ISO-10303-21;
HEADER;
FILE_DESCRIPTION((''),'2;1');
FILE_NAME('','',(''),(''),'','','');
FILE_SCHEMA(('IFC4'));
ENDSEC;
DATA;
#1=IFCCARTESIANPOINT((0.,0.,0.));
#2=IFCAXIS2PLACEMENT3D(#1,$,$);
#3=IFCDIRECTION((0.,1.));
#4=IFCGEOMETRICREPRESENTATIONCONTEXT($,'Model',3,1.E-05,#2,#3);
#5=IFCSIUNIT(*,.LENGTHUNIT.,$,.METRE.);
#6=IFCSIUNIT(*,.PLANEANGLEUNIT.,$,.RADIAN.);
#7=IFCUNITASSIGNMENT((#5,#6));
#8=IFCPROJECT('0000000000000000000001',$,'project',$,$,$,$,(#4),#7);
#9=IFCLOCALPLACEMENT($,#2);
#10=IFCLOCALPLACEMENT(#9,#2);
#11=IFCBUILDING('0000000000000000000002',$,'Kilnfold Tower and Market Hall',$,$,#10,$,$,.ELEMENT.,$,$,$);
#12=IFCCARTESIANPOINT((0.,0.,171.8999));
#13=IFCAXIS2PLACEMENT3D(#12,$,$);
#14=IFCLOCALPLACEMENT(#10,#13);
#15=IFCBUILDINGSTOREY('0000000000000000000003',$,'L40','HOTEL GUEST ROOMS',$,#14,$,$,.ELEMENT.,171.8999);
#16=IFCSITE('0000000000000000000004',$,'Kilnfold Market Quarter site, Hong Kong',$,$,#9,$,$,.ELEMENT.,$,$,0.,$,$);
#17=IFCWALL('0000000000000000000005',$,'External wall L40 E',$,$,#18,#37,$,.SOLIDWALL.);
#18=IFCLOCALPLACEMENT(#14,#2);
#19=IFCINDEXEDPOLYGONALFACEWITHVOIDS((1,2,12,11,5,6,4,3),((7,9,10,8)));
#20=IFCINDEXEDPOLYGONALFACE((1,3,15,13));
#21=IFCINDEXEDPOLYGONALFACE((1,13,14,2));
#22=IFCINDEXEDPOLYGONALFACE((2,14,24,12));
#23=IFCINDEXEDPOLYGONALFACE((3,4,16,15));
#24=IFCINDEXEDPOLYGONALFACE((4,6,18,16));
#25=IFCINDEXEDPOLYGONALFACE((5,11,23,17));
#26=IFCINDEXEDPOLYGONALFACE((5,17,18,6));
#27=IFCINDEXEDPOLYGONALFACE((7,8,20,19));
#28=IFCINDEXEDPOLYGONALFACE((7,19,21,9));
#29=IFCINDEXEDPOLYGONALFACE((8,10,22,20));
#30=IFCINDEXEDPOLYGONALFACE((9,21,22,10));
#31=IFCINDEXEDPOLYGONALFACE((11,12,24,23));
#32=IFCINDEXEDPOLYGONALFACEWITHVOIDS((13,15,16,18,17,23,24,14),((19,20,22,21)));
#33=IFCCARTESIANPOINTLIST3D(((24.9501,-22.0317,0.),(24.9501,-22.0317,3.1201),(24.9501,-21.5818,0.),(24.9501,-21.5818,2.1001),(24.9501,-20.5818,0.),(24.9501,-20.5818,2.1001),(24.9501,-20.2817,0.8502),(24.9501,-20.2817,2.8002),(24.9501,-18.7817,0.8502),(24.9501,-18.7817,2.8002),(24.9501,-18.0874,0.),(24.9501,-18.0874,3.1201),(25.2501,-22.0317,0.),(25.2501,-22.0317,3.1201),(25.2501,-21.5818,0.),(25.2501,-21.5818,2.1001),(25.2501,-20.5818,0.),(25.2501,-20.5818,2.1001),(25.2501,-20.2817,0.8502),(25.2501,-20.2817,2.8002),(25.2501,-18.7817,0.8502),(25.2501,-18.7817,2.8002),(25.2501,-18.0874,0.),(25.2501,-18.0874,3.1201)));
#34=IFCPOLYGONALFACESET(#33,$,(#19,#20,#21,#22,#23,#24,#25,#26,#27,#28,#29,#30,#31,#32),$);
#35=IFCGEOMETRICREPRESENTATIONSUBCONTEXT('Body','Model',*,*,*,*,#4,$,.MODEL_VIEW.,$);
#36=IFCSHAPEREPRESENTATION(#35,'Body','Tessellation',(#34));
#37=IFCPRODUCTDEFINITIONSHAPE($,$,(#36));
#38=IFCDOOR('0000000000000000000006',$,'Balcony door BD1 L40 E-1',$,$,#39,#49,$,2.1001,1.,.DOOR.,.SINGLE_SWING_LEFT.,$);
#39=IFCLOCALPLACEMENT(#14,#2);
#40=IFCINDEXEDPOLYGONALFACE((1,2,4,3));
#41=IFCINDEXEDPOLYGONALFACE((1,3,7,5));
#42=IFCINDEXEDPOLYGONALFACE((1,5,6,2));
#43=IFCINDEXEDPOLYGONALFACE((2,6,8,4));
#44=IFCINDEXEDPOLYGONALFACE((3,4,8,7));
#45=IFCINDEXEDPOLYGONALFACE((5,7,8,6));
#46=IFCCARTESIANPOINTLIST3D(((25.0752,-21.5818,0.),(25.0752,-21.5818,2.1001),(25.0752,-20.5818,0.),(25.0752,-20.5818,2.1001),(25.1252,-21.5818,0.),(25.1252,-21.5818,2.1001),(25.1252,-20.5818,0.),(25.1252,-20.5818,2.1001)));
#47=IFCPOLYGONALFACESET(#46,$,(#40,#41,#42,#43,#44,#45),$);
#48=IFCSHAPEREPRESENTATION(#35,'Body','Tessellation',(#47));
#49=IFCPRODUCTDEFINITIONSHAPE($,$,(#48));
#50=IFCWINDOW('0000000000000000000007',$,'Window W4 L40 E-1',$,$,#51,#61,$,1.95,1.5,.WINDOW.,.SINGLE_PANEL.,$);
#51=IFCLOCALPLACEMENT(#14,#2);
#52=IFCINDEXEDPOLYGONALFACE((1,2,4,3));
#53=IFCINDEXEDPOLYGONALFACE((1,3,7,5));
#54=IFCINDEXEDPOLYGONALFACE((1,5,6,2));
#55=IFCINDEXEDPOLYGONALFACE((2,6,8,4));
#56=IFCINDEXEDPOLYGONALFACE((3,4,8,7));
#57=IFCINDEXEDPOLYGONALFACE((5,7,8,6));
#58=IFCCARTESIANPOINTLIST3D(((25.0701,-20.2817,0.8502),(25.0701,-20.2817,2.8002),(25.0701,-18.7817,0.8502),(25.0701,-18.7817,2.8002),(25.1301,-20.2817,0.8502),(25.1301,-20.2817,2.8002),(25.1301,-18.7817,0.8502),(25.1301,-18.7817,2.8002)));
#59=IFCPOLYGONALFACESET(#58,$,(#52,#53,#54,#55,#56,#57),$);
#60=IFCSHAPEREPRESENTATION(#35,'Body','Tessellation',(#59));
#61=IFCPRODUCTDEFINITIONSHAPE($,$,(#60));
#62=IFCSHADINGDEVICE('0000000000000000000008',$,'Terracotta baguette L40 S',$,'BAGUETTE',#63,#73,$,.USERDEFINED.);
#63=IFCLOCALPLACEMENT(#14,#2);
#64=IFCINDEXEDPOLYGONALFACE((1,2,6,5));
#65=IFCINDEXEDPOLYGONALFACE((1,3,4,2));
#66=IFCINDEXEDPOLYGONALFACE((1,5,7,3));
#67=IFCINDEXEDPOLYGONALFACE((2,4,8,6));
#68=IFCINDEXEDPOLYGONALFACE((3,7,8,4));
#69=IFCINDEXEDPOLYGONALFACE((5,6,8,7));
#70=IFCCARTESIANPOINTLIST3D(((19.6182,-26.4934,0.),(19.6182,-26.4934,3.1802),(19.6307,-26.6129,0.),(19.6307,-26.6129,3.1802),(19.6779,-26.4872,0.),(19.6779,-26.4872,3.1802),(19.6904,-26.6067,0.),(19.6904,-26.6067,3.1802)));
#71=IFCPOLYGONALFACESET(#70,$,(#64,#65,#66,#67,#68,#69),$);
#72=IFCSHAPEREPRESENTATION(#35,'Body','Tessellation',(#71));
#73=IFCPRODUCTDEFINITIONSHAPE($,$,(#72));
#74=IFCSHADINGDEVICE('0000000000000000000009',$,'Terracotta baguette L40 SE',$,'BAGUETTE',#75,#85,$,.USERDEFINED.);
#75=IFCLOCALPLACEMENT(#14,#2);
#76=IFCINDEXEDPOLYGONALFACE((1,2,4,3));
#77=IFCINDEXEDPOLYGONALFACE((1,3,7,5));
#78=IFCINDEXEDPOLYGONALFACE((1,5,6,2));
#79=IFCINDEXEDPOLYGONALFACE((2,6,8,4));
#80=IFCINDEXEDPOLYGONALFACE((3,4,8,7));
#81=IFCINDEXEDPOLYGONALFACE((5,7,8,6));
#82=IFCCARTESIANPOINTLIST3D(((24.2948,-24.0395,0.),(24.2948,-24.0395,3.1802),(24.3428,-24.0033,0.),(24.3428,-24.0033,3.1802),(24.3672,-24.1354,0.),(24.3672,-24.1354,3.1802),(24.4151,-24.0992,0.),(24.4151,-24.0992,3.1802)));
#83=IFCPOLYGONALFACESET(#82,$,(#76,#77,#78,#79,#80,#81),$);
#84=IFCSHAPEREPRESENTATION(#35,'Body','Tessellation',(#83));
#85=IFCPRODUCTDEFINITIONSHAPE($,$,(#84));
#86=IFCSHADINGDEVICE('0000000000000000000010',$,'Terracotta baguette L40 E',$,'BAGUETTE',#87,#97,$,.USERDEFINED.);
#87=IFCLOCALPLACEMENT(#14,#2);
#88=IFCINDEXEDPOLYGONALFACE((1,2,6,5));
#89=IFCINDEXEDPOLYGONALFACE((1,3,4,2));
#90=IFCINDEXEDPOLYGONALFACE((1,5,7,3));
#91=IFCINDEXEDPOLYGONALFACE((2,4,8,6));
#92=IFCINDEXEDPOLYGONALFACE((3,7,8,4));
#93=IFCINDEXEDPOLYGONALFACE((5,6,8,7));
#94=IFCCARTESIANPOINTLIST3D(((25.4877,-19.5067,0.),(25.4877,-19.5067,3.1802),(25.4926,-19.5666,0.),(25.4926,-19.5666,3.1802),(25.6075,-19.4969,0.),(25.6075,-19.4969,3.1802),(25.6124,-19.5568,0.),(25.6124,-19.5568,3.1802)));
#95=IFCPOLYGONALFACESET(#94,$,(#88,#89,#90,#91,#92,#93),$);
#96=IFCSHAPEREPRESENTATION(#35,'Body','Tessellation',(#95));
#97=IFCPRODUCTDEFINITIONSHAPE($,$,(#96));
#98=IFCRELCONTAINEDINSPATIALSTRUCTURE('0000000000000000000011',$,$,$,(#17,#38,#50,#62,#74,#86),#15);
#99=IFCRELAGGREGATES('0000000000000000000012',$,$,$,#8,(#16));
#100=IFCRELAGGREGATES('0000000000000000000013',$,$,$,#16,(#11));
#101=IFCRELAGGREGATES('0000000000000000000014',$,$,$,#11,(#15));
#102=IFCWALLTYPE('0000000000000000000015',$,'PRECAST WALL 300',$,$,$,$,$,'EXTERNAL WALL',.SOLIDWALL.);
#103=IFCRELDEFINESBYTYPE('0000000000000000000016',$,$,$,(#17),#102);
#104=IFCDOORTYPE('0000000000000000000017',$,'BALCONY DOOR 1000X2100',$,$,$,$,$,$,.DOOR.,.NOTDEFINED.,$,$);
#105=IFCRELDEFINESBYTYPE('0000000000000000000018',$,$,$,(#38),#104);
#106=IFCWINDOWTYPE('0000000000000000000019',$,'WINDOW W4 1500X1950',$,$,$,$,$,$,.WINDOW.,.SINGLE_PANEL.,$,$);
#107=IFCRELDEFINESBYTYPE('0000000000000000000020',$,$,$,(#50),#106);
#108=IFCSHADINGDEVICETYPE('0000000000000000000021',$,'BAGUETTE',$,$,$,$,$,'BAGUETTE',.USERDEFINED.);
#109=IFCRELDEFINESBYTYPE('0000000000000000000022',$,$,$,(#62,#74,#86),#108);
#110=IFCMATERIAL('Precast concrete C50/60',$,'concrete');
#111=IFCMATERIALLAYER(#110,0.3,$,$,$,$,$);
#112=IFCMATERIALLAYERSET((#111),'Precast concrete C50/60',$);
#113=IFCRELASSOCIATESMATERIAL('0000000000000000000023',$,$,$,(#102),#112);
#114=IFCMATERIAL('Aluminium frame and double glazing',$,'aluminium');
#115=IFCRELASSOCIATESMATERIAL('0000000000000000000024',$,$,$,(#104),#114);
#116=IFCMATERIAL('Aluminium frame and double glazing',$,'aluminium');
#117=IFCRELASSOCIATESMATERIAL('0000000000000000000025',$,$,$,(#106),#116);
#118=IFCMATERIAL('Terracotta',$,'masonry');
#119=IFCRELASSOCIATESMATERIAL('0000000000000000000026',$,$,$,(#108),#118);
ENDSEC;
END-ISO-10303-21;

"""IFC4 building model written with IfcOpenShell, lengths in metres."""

from ifc_helpers import new_model, si_unit, direction, frame, frame_2d, origin, origin_2d, place, context, subcontext, project, spatial, rectangle, extrude, source, transform, mapped, material, layer, layer_set, material_profile, profile_set, type_object, element, fill, save


model = new_model("IFC4")

# Units and contexts
model_context = context("Model", 3, precision=1e-05, world=origin(), true_north=direction((0.0, 1.0)))
body_context = subcontext(model_context, "Body", "Model", "MODEL_VIEW")
ifc_project = project(units=[si_unit("LENGTHUNIT", "METRE"), si_unit("PLANEANGLEUNIT", "RADIAN")], contexts=[model_context])

# Site, building, storey
site_placement = place(None, origin())
site = spatial("IfcSite", under=ifc_project, at=site_placement, Name="Kilnfold Market Quarter site, Hong Kong", CompositionType="ELEMENT", RefElevation=0.0)
building_placement = place(site_placement, origin())
building = spatial("IfcBuilding", under=site, at=building_placement, Name="Kilnfold Tower and Market Hall", CompositionType="ELEMENT")
storey_placement = place(building_placement, frame((0.0, 0.0, 171.8999)))
storey = spatial("IfcBuildingStorey", under=building, at=storey_placement, Name="L40", Description="HOTEL GUEST ROOMS", CompositionType="ELEMENT", Elevation=171.8999)

# Wall, openings, door, window
ifc_material_1 = material(Name="Precast concrete C50/60", Category="concrete")
ifc_layer_1 = layer(ifc_material_1, 0.3)
ifc_layer_set_1 = layer_set([ifc_layer_1], Name="Precast concrete C50/60")
wall_type_1 = type_object("IfcWallType", Name="PRECAST WALL 300", ElementType="EXTERNAL WALL", PredefinedType="SOLIDWALL", material=ifc_layer_set_1)
ifc_material_2 = material(Name="Aluminium frame and double glazing", Category="aluminium")
door_type_1 = type_object("IfcDoorType", Name="BALCONY DOOR 1000X2100", OperationType="NOTDEFINED", PredefinedType="DOOR", material=ifc_material_2)
ifc_material_3 = material(Name="Aluminium frame and double glazing", Category="aluminium")
window_type = type_object("IfcWindowType", Name="WINDOW W4 1500X1950", PartitioningType="SINGLE_PANEL", PredefinedType="WINDOW", material=ifc_material_3)
shared_shape_1 = source(origin(), body_context, "Body", "SweptSolid", [
    extrude(rectangle(XDim=3.9443, YDim=0.3, at=frame_2d((1.9722, 0.0))), origin(), (0.0, 0.0, 1.0), 3.1201),
])
wall_1_placement = place(storey_placement, frame((25.1001, -22.0317, 0.0), z_axis=(0.0, 0.0, 1.0), x_axis=(0.0, 1.0, 0.0)))
wall_1 = element("IfcWall", 1, at=wall_1_placement, inside=storey, type_object=wall_type_1, Name="External wall L40 E", PredefinedType="SOLIDWALL", context=body_context, shape_type="MappedRepresentation", body=[
    mapped(shared_shape_1, transform((0.0, 0.0, 0.0))),
])
opening_1_placement = place(wall_1_placement, frame((1.75, 0.0, 0.8501)))
opening_1 = element("IfcOpeningElement", 2, at=opening_1_placement, cuts=wall_1, PredefinedType="OPENING", context=body_context, shape_type="SweptSolid", body=[
    extrude(rectangle(XDim=1.5, YDim=1.95, at=frame_2d((0.75, 0.9751))), frame((0.0, 0.1602, 0.0), z_axis=(0.0, -1.0, 0.0), x_axis=(1.0, 0.0, 0.0)), (0.0, 0.0, 1.0), 0.3201),
])
opening_2_placement = place(wall_1_placement, frame((0.45, 0.0, 0.0)))
opening_2 = element("IfcOpeningElement", 3, at=opening_2_placement, cuts=wall_1, PredefinedType="OPENING", context=body_context, shape_type="SweptSolid", body=[
    extrude(rectangle(XDim=1.0, YDim=2.1001, at=frame_2d((0.5, 1.05))), frame((0.0, 0.1602, 0.0), z_axis=(0.0, -1.0, 0.0), x_axis=(1.0, 0.0, 0.0)), (0.0, 0.0, 1.0), 0.3201),
])
door_1_placement = place(opening_2_placement, origin())
door_1 = element("IfcDoor", 4, at=door_1_placement, inside=storey, type_object=door_type_1, Name="Balcony door BD1 L40 E-1", OperationType="SINGLE_SWING_LEFT", OverallHeight=2.1001, OverallWidth=1.0, PredefinedType="DOOR", context=body_context, shape_type="SweptSolid", body=[
    extrude(rectangle(XDim=1.0, YDim=2.1001, at=frame_2d((0.5, 1.05))), frame((0.0, 0.0249, 0.0), z_axis=(0.0, -1.0, 0.0), x_axis=(1.0, 0.0, 0.0)), (0.0, 0.0, 1.0), 0.05),
])
fill(opening_2, door_1)
window_1_placement = place(opening_1_placement, origin())
window_1 = element("IfcWindow", 5, at=window_1_placement, inside=storey, type_object=window_type, Name="Window W4 L40 E-1", OverallHeight=1.95, OverallWidth=1.5, PartitioningType="SINGLE_PANEL", PredefinedType="WINDOW", context=body_context, shape_type="SweptSolid", body=[
    extrude(rectangle(XDim=1.5, YDim=1.95, at=frame_2d((0.75, 0.9751))), frame((0.0, 0.03, 0.0), z_axis=(0.0, -1.0, 0.0), x_axis=(1.0, 0.0, 0.0)), (0.0, 0.0, 1.0), 0.0601),
])
fill(opening_1, window_1)

# Shading devices
ifc_material_4 = material(Name="Terracotta", Category="masonry")
ifc_material_profile_1 = material_profile(ifc_material_4, rectangle(XDim=0.0601, YDim=0.1201, at=origin_2d()), Name="BAG 60x120")
ifc_profile_set_1 = profile_set([ifc_material_profile_1], Name="Terracotta")
shading_device_type = type_object("IfcShadingDeviceType", Name="BAGUETTE", ElementType="BAGUETTE", PredefinedType="USERDEFINED", material=ifc_profile_set_1)
shared_shape_2 = source(origin(), body_context, "Body", "SweptSolid", [
    extrude(rectangle(XDim=0.0601, YDim=0.1201, at=origin_2d()), origin(), (0.0, 0.0, 1.0), 3.1802),
])
for number, where, z_axis, x_axis, name in (
    (6, (19.6543, -26.55, 0.0), (0.0, 0.0, 1.0), (0.994599, 0.103792, 0.0), "Terracotta baguette L40 S"),
    (7, (24.355, -24.0693, 0.0), (0.0, 0.0, 1.0), (0.798537, 0.601946, 0.0), "Terracotta baguette L40 SE"),
    (8, (25.55, -19.5317, 0.0), (0.0, 0.0, 1.0), (-0.081571, 0.996667, 0.0), "Terracotta baguette L40 E"),
):
    element("IfcShadingDevice", number, at=place(storey_placement, frame(where, z_axis=z_axis, x_axis=x_axis)), inside=storey, type_object=shading_device_type, Name=name, ObjectType="BAGUETTE", PredefinedType="USERDEFINED", context=body_context, shape_type="MappedRepresentation", body=[
        mapped(shared_shape_2, transform((0.0, 0.0, 0.0))),
    ])

save(model, "model.ifc")
